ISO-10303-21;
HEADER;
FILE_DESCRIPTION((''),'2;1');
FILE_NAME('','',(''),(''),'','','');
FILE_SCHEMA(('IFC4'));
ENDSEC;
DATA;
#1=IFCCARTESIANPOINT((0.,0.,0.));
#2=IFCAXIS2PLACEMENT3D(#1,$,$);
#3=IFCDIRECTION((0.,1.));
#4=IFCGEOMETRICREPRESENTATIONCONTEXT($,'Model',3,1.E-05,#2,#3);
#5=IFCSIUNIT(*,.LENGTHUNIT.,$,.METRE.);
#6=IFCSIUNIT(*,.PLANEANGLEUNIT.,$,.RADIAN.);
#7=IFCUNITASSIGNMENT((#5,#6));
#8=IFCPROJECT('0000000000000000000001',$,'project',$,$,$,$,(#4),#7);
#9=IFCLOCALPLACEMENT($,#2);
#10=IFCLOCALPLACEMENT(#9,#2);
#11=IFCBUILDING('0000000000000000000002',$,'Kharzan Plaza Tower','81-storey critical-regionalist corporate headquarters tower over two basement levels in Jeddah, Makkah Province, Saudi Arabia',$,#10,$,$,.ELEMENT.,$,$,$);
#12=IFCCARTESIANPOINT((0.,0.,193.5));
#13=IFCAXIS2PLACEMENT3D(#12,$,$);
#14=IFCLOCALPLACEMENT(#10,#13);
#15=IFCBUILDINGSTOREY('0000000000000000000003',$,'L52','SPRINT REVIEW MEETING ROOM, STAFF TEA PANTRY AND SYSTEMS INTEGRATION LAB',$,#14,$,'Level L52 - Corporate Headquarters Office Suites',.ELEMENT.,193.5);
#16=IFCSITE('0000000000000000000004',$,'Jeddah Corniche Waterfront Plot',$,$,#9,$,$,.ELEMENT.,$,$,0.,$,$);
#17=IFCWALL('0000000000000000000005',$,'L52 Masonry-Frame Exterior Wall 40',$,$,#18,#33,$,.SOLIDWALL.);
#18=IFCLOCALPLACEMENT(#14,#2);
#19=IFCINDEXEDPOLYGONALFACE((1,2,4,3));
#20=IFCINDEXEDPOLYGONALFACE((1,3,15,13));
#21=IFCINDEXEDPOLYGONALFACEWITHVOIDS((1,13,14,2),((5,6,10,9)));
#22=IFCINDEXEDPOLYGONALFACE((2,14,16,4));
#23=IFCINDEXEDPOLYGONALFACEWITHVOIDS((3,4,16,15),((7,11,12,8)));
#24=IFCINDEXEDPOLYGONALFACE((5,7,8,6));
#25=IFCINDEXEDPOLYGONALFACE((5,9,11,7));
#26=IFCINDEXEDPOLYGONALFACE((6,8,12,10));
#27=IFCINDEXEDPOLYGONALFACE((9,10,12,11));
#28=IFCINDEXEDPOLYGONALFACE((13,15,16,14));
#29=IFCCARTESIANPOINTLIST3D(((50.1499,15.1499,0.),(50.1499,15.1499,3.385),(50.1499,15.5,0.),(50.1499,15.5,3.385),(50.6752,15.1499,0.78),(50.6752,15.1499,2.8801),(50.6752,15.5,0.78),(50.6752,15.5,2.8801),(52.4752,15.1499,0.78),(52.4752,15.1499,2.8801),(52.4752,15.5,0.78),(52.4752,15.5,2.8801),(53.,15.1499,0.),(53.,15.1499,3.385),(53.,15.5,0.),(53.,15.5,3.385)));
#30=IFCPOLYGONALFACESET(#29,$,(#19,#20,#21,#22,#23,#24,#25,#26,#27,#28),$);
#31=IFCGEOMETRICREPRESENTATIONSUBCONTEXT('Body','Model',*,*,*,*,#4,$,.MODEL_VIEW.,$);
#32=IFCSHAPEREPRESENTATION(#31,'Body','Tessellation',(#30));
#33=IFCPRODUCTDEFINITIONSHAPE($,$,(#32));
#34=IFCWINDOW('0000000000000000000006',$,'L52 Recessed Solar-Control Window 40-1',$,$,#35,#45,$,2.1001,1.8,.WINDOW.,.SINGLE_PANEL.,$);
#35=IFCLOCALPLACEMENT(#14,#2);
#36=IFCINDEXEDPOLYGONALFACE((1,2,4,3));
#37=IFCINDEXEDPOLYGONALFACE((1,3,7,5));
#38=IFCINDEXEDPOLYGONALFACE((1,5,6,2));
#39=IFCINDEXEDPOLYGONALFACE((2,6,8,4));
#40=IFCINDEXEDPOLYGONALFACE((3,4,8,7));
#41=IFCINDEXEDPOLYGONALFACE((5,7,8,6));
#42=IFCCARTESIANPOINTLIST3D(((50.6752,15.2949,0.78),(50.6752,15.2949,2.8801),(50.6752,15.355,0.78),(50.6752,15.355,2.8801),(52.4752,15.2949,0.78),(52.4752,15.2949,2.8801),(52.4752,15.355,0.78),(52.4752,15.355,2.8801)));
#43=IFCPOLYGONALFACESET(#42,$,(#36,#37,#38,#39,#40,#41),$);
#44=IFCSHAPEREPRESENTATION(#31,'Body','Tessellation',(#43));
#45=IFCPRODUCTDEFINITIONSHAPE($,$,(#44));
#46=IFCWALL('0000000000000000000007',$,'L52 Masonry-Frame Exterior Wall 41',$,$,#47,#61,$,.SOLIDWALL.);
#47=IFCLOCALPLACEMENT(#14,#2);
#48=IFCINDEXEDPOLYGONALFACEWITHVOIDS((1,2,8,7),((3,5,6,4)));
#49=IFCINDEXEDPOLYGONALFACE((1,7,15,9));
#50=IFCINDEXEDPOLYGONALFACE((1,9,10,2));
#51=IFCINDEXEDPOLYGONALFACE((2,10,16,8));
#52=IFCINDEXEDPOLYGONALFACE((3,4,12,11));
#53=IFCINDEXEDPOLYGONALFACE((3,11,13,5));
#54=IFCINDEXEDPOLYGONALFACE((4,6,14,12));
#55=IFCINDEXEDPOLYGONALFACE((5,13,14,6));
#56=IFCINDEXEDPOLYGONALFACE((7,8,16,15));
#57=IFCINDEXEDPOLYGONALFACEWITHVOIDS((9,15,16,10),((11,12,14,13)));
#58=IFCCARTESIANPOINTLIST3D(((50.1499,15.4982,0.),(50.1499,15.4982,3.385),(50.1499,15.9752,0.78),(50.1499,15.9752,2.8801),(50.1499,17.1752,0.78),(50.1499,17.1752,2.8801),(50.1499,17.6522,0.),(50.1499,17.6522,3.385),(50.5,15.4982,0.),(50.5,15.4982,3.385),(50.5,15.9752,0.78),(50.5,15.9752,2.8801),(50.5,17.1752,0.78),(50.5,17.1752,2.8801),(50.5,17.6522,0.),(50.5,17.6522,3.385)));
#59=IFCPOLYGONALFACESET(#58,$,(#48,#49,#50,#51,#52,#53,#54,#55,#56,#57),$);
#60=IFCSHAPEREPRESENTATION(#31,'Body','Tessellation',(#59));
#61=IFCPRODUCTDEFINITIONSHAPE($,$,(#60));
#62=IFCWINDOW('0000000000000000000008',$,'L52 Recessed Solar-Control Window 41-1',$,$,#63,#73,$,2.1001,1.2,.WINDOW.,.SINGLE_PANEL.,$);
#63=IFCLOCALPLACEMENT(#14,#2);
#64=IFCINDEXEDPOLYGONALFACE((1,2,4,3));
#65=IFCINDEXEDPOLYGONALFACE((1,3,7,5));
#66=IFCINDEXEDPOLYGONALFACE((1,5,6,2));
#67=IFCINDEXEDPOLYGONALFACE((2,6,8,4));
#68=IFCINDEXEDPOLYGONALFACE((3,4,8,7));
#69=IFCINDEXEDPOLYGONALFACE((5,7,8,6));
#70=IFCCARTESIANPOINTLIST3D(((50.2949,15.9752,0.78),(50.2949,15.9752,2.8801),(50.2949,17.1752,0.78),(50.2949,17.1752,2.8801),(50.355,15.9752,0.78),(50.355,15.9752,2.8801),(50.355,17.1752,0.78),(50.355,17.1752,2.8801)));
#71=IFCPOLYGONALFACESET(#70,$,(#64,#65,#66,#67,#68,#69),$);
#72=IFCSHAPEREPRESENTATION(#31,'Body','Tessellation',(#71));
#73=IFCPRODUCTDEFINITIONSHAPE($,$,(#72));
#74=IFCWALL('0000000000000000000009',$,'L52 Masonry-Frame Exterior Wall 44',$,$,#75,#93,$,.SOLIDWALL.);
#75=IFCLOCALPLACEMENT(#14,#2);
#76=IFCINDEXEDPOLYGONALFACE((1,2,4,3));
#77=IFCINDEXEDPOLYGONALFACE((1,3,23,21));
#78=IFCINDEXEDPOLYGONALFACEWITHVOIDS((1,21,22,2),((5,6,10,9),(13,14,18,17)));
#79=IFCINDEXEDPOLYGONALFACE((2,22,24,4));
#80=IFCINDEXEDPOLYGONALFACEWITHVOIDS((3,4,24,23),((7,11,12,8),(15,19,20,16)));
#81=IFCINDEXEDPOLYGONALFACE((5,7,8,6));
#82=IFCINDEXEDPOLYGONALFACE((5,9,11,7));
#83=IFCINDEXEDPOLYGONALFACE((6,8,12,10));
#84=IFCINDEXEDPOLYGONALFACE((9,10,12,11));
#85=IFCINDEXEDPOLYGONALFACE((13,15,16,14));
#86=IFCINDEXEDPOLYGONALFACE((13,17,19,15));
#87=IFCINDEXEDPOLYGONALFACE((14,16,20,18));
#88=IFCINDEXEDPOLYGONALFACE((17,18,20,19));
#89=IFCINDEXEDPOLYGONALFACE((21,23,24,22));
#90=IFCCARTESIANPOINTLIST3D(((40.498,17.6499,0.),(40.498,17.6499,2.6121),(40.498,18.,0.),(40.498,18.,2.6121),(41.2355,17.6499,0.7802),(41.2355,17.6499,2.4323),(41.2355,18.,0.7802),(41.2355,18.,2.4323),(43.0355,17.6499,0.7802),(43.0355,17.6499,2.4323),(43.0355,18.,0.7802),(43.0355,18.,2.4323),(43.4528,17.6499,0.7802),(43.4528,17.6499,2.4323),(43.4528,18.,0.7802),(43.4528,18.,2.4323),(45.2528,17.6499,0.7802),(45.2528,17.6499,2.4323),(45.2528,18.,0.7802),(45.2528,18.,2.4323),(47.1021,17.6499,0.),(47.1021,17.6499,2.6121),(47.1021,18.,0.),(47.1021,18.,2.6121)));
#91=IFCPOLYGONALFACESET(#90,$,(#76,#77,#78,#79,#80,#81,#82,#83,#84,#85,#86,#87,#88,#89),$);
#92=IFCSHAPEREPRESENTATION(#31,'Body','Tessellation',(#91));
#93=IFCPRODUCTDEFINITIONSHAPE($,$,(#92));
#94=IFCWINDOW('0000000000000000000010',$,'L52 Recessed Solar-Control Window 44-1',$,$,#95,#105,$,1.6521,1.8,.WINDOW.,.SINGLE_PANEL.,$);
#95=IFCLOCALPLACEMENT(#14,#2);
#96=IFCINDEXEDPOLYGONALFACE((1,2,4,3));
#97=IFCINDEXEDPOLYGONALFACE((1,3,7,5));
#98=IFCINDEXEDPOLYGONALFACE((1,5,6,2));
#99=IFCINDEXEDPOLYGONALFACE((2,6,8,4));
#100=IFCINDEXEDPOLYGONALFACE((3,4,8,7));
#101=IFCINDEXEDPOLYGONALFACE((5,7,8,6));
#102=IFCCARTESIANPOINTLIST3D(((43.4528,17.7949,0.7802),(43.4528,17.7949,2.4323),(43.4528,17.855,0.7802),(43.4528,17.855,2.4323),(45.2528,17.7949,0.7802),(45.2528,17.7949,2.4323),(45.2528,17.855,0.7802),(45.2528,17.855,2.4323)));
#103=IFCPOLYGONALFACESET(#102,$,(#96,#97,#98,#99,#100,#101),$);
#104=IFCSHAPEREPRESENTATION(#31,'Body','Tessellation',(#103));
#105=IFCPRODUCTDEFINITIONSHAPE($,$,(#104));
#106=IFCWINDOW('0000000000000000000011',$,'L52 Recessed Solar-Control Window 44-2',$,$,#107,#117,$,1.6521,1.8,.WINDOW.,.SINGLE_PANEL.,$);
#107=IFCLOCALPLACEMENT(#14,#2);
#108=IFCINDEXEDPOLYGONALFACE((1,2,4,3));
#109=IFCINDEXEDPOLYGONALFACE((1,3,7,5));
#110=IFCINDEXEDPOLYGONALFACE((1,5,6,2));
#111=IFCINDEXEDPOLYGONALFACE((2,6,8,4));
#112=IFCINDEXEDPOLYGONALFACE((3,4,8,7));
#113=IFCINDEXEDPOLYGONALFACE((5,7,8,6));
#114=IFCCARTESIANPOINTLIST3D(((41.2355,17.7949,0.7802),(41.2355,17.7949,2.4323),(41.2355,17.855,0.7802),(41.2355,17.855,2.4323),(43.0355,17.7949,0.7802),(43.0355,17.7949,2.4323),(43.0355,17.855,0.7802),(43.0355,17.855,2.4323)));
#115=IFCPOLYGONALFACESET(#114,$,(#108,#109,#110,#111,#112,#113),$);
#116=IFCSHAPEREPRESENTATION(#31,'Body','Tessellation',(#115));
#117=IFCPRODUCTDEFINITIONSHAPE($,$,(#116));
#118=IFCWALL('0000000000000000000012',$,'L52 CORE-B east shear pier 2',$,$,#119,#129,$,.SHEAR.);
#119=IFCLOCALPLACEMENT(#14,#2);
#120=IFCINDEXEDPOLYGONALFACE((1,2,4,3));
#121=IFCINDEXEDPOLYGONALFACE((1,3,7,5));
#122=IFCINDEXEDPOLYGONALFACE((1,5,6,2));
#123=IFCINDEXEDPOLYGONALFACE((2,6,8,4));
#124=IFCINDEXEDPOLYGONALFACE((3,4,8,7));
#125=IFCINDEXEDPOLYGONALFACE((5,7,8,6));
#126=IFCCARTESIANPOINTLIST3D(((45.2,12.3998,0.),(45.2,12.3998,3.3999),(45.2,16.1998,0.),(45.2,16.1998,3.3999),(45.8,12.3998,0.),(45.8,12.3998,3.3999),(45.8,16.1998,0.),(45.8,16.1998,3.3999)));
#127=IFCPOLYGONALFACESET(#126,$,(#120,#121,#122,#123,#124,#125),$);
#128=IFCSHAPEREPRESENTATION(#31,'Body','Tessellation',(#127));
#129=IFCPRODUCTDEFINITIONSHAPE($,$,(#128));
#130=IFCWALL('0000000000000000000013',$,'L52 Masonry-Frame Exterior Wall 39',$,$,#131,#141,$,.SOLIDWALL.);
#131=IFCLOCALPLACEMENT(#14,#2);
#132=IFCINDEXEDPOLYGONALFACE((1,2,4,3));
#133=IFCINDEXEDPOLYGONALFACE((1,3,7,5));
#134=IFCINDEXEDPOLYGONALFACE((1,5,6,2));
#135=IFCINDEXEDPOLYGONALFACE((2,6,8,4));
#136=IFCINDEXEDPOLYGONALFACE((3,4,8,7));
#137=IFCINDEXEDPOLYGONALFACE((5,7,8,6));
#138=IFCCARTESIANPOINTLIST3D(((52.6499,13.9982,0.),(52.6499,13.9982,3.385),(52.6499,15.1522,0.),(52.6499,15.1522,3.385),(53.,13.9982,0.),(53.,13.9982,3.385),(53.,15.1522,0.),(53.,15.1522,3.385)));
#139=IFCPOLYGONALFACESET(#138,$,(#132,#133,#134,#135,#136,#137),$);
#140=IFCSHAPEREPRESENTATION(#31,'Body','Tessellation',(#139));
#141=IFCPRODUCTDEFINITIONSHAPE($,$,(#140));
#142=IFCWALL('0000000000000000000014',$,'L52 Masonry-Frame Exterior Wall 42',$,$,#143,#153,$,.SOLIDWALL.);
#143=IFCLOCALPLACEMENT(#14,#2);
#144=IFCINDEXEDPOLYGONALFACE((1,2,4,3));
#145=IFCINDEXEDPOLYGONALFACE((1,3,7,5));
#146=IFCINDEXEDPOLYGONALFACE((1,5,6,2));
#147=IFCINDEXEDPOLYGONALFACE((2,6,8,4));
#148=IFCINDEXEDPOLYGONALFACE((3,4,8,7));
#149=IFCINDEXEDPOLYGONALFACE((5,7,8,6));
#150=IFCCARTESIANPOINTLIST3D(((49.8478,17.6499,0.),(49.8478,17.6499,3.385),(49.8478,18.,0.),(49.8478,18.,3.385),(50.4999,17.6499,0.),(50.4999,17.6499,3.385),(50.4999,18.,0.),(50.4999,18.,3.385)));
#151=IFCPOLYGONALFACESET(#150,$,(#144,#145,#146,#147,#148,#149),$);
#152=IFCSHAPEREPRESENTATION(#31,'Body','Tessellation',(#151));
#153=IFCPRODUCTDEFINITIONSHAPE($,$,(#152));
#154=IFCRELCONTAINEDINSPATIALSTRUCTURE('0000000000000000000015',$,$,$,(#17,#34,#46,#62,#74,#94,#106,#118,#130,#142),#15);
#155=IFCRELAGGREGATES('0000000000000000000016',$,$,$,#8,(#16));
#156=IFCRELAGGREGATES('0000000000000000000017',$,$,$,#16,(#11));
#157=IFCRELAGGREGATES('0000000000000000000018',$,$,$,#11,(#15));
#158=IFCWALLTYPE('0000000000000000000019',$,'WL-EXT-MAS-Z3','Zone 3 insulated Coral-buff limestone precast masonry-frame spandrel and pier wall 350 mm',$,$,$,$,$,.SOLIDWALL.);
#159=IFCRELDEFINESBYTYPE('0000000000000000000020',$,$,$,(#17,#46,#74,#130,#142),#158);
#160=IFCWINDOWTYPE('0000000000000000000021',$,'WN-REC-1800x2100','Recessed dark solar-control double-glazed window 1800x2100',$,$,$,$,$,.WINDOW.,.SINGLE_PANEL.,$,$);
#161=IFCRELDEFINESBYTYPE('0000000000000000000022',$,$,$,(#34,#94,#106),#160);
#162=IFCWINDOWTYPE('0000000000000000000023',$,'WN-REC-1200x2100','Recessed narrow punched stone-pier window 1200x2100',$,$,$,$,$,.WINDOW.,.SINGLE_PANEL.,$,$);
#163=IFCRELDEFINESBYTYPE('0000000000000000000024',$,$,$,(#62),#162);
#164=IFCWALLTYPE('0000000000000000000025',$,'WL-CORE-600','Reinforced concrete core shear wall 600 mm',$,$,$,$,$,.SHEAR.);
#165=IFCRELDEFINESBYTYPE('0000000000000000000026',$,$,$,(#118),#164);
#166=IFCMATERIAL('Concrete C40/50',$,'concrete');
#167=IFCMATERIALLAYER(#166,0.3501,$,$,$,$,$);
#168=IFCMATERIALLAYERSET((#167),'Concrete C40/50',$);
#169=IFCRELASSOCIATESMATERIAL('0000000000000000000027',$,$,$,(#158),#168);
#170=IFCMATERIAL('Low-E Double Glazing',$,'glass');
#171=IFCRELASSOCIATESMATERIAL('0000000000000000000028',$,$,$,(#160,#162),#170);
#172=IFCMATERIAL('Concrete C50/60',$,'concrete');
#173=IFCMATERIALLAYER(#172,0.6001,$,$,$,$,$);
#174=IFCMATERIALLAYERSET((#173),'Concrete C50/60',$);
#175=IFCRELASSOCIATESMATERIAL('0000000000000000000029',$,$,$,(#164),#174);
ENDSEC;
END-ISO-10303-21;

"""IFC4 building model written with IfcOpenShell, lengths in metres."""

from ifc_helpers import new_model, si_unit, direction, frame, frame_2d, origin, place, context, subcontext, project, spatial, rectangle, extrude, source, transform, mapped, material, layer, layer_set, type_object, element, fill, save


model = new_model("IFC4")

# Units and contexts
model_context = context("Model", 3, precision=1e-05, world=origin(), true_north=direction((0.0, 1.0)))
body_context = subcontext(model_context, "Body", "Model", "MODEL_VIEW")
ifc_project = project(units=[si_unit("LENGTHUNIT", "METRE"), si_unit("PLANEANGLEUNIT", "RADIAN")], contexts=[model_context])

# Site, building, storey
site_placement = place(None, origin())
site = spatial("IfcSite", under=ifc_project, at=site_placement, Name="Jeddah Corniche Waterfront Plot", CompositionType="ELEMENT", RefElevation=0.0)
building_placement = place(site_placement, origin())
building = spatial("IfcBuilding", under=site, at=building_placement, Name="Kharzan Plaza Tower", Description="81-storey critical-regionalist corporate headquarters tower over two basement levels in Jeddah, Makkah Province, Saudi Arabia", CompositionType="ELEMENT")
storey_placement = place(building_placement, frame((0.0, 0.0, 193.5)))
storey = spatial("IfcBuildingStorey", under=building, at=storey_placement, Name="L52", Description="SPRINT REVIEW MEETING ROOM, STAFF TEA PANTRY AND SYSTEMS INTEGRATION LAB", LongName="Level L52 - Corporate Headquarters Office Suites", CompositionType="ELEMENT", Elevation=193.5)

# Shared definitions
ifc_material_1 = material(Name="Concrete C50/60", Category="concrete")

# Walls, openings, windows
ifc_material_2 = material(Name="Concrete C40/50", Category="concrete")
ifc_layer_1 = layer(ifc_material_2, 0.3501)
ifc_layer_set_1 = layer_set([ifc_layer_1], Name="Concrete C40/50")
wall_type_1 = type_object("IfcWallType", Name="WL-EXT-MAS-Z3", Description="Zone 3 insulated Coral-buff limestone precast masonry-frame spandrel and pier wall 350 mm", PredefinedType="SOLIDWALL", material=ifc_layer_set_1)
wall_1_placement = place(storey_placement, frame((53.0, 15.325, 0.0), z_axis=(0.0, 0.0, 1.0), x_axis=(-1.0, 0.0, 0.0)))
wall_1 = element("IfcWall", 1, at=wall_1_placement, inside=storey, type_object=wall_type_1, Name="L52 Masonry-Frame Exterior Wall 40", PredefinedType="SOLIDWALL", context=body_context, shape_type="SweptSolid", body=[
    extrude(rectangle(XDim=2.8501, YDim=0.3501, at=frame_2d((1.425, 0.0))), origin(), (0.0, 0.0, 1.0), 3.385),
])
opening_1_placement = place(wall_1_placement, frame((0.5249, 0.0, 0.78)))
opening_1 = element("IfcOpeningElement", 2, at=opening_1_placement, cuts=wall_1, PredefinedType="OPENING", context=body_context, shape_type="SweptSolid", body=[
    extrude(rectangle(XDim=1.8, YDim=2.1001, at=frame_2d((0.8999, 1.05))), frame((0.0, 0.1851, 0.0), z_axis=(0.0, -1.0, 0.0), x_axis=(1.0, 0.0, 0.0)), (0.0, 0.0, 1.0), 0.3701),
])
ifc_material_3 = material(Name="Low-E Double Glazing", Category="glass")
window_type_1 = type_object("IfcWindowType", Name="WN-REC-1800x2100", Description="Recessed dark solar-control double-glazed window 1800x2100", PartitioningType="SINGLE_PANEL", PredefinedType="WINDOW", material=ifc_material_3)
shared_shape_1 = source(origin(), body_context, "Body", "SweptSolid", [
    extrude(rectangle(XDim=1.8, YDim=2.1001, at=frame_2d((0.8999, 1.05))), frame((0.0, 0.03, 0.0), z_axis=(0.0, -1.0, 0.0), x_axis=(1.0, 0.0, 0.0)), (0.0, 0.0, 1.0), 0.0601),
])
window_1_placement = place(opening_1_placement, origin())
window_1 = element("IfcWindow", 3, at=window_1_placement, inside=storey, type_object=window_type_1, Name="L52 Recessed Solar-Control Window 40-1", OverallHeight=2.1001, OverallWidth=1.8, PartitioningType="SINGLE_PANEL", PredefinedType="WINDOW", context=body_context, shape_type="MappedRepresentation", body=[
    mapped(shared_shape_1, transform((0.0, 0.0, 0.0), x_axis=(1.0, 0.0, 0.0), y_axis=(0.0, 1.0, 0.0), z_axis=(0.0, 0.0, 1.0))),
])
fill(opening_1, window_1)
wall_2_placement = place(storey_placement, frame((50.325, 15.498, 0.0), z_axis=(0.0, 0.0, 1.0), x_axis=(0.0, 1.0, 0.0)))
wall_2 = element("IfcWall", 4, at=wall_2_placement, inside=storey, type_object=wall_type_1, Name="L52 Masonry-Frame Exterior Wall 41", PredefinedType="SOLIDWALL", context=body_context, shape_type="SweptSolid", body=[
    extrude(rectangle(XDim=2.1541, YDim=0.3501, at=frame_2d((1.0771, 0.0))), origin(), (0.0, 0.0, 1.0), 3.385),
])
opening_2_placement = place(wall_2_placement, frame((0.4771, 0.0, 0.78)))
opening_2 = element("IfcOpeningElement", 5, at=opening_2_placement, cuts=wall_2, PredefinedType="OPENING", context=body_context, shape_type="SweptSolid", body=[
    extrude(rectangle(XDim=1.2, YDim=2.1001, at=frame_2d((0.6001, 1.05))), frame((0.0, 0.1851, 0.0), z_axis=(0.0, -1.0, 0.0), x_axis=(1.0, 0.0, 0.0)), (0.0, 0.0, 1.0), 0.3701),
])
window_type_2 = type_object("IfcWindowType", Name="WN-REC-1200x2100", Description="Recessed narrow punched stone-pier window 1200x2100", PartitioningType="SINGLE_PANEL", PredefinedType="WINDOW", material=ifc_material_3)
shared_shape_2 = source(origin(), body_context, "Body", "SweptSolid", [
    extrude(rectangle(XDim=1.2, YDim=2.1001, at=frame_2d((0.6001, 1.05))), frame((0.0, 0.03, 0.0), z_axis=(0.0, -1.0, 0.0), x_axis=(1.0, 0.0, 0.0)), (0.0, 0.0, 1.0), 0.0601),
])
window_2_placement = place(opening_2_placement, origin())
window_2 = element("IfcWindow", 6, at=window_2_placement, inside=storey, type_object=window_type_2, Name="L52 Recessed Solar-Control Window 41-1", OverallHeight=2.1001, OverallWidth=1.2, PartitioningType="SINGLE_PANEL", PredefinedType="WINDOW", context=body_context, shape_type="MappedRepresentation", body=[
    mapped(shared_shape_2, transform((0.0, 0.0, 0.0), x_axis=(1.0, 0.0, 0.0), y_axis=(0.0, 1.0, 0.0), z_axis=(0.0, 0.0, 1.0))),
])
fill(opening_2, window_2)

# Wall, openings, windows
wall_3_placement = place(storey_placement, frame((47.1021, 17.825, 0.0), z_axis=(0.0, 0.0, 1.0), x_axis=(-1.0, 0.0, 0.0)))
wall_3 = element("IfcWall", 7, at=wall_3_placement, inside=storey, type_object=wall_type_1, Name="L52 Masonry-Frame Exterior Wall 44", PredefinedType="SOLIDWALL", context=body_context, shape_type="SweptSolid", body=[
    extrude(rectangle(XDim=6.604, YDim=0.3501, at=frame_2d((3.302, 0.0))), origin(), (0.0, 0.0, 1.0), 2.6121),
])
opening_3_placement = place(wall_3_placement, frame((1.8494, 0.0, 0.78)))
opening_3 = element("IfcOpeningElement", 8, at=opening_3_placement, cuts=wall_3, PredefinedType="OPENING", context=body_context, shape_type="SweptSolid", body=[
    extrude(rectangle(XDim=1.8, YDim=1.6521, at=frame_2d((0.8999, 0.8262))), frame((0.0, 0.1851, 0.0), z_axis=(0.0, -1.0, 0.0), x_axis=(1.0, 0.0, 0.0)), (0.0, 0.0, 1.0), 0.3701),
])
opening_4_placement = place(wall_3_placement, frame((4.0667, 0.0, 0.78)))
opening_4 = element("IfcOpeningElement", 9, at=opening_4_placement, cuts=wall_3, PredefinedType="OPENING", context=body_context, shape_type="SweptSolid", body=[
    extrude(rectangle(XDim=1.8, YDim=1.6521, at=frame_2d((0.8999, 0.8262))), frame((0.0, 0.1851, 0.0), z_axis=(0.0, -1.0, 0.0), x_axis=(1.0, 0.0, 0.0)), (0.0, 0.0, 1.0), 0.3701),
])
shared_shape_3 = source(origin(), body_context, "Body", "SweptSolid", [
    extrude(rectangle(XDim=1.8, YDim=1.6521, at=frame_2d((0.8999, 0.8262))), frame((0.0, 0.03, 0.0), z_axis=(0.0, -1.0, 0.0), x_axis=(1.0, 0.0, 0.0)), (0.0, 0.0, 1.0), 0.0601),
])
window_3_placement = place(opening_3_placement, origin())
window_3 = element("IfcWindow", 10, at=window_3_placement, inside=storey, type_object=window_type_1, Name="L52 Recessed Solar-Control Window 44-1", OverallHeight=1.6521, OverallWidth=1.8, PartitioningType="SINGLE_PANEL", PredefinedType="WINDOW", context=body_context, shape_type="MappedRepresentation", body=[
    mapped(shared_shape_3, transform((0.0, 0.0, 0.0), x_axis=(1.0, 0.0, 0.0), y_axis=(0.0, 1.0, 0.0), z_axis=(0.0, 0.0, 1.0))),
])
fill(opening_3, window_3)
window_4_placement = place(opening_4_placement, origin())
window_4 = element("IfcWindow", 11, at=window_4_placement, inside=storey, type_object=window_type_1, Name="L52 Recessed Solar-Control Window 44-2", OverallHeight=1.6521, OverallWidth=1.8, PartitioningType="SINGLE_PANEL", PredefinedType="WINDOW", context=body_context, shape_type="MappedRepresentation", body=[
    mapped(shared_shape_3, transform((0.0, 0.0, 0.0), x_axis=(1.0, 0.0, 0.0), y_axis=(0.0, 1.0, 0.0), z_axis=(0.0, 0.0, 1.0))),
])
fill(opening_4, window_4)

# Walls
ifc_layer_2 = layer(ifc_material_1, 0.6001)
ifc_layer_set_2 = layer_set([ifc_layer_2], Name="Concrete C50/60")
wall_type_2 = type_object("IfcWallType", Name="WL-CORE-600", Description="Reinforced concrete core shear wall 600 mm", PredefinedType="SHEAR", material=ifc_layer_set_2)
shared_shape_4 = source(origin(), body_context, "Body", "SweptSolid", [
    extrude(rectangle(XDim=3.8, YDim=0.6001, at=frame_2d((1.8999, 0.0))), origin(), (0.0, 0.0, 1.0), 3.3999),
])
wall_4_placement = place(storey_placement, frame((45.5, 12.3999, 0.0), z_axis=(0.0, 0.0, 1.0), x_axis=(0.0, 1.0, 0.0)))
element("IfcWall", 12, at=wall_4_placement, inside=storey, type_object=wall_type_2, Name="L52 CORE-B east shear pier 2", PredefinedType="SHEAR", context=body_context, shape_type="MappedRepresentation", body=[
    mapped(shared_shape_4, transform((0.0, 0.0, 0.0), x_axis=(1.0, 0.0, 0.0), y_axis=(0.0, 1.0, 0.0), z_axis=(0.0, 0.0, 1.0))),
])
shared_shape_5 = source(origin(), body_context, "Body", "SweptSolid", [
    extrude(rectangle(XDim=1.1541, YDim=0.3501, at=frame_2d((0.5771, 0.0))), origin(), (0.0, 0.0, 1.0), 3.385),
])
wall_5_placement = place(storey_placement, frame((52.825, 13.998, 0.0), z_axis=(0.0, 0.0, 1.0), x_axis=(0.0, 1.0, 0.0)))
element("IfcWall", 13, at=wall_5_placement, inside=storey, type_object=wall_type_1, Name="L52 Masonry-Frame Exterior Wall 39", PredefinedType="SOLIDWALL", context=body_context, shape_type="MappedRepresentation", body=[
    mapped(shared_shape_5, transform((0.0, 0.0, 0.0), x_axis=(1.0, 0.0, 0.0), y_axis=(0.0, 1.0, 0.0), z_axis=(0.0, 0.0, 1.0))),
])
shared_shape_6 = source(origin(), body_context, "Body", "SweptSolid", [
    extrude(rectangle(XDim=0.6521, YDim=0.3501, at=frame_2d((0.3262, 0.0))), origin(), (0.0, 0.0, 1.0), 3.385),
])
wall_6_placement = place(storey_placement, frame((50.5, 17.825, 0.0), z_axis=(0.0, 0.0, 1.0), x_axis=(-1.0, 0.0, 0.0)))
element("IfcWall", 14, at=wall_6_placement, inside=storey, type_object=wall_type_1, Name="L52 Masonry-Frame Exterior Wall 42", PredefinedType="SOLIDWALL", context=body_context, shape_type="MappedRepresentation", body=[
    mapped(shared_shape_6, transform((0.0, 0.0, 0.0), x_axis=(1.0, 0.0, 0.0), y_axis=(0.0, 1.0, 0.0), z_axis=(0.0, 0.0, 1.0))),
])

save(model, "model.ifc")
